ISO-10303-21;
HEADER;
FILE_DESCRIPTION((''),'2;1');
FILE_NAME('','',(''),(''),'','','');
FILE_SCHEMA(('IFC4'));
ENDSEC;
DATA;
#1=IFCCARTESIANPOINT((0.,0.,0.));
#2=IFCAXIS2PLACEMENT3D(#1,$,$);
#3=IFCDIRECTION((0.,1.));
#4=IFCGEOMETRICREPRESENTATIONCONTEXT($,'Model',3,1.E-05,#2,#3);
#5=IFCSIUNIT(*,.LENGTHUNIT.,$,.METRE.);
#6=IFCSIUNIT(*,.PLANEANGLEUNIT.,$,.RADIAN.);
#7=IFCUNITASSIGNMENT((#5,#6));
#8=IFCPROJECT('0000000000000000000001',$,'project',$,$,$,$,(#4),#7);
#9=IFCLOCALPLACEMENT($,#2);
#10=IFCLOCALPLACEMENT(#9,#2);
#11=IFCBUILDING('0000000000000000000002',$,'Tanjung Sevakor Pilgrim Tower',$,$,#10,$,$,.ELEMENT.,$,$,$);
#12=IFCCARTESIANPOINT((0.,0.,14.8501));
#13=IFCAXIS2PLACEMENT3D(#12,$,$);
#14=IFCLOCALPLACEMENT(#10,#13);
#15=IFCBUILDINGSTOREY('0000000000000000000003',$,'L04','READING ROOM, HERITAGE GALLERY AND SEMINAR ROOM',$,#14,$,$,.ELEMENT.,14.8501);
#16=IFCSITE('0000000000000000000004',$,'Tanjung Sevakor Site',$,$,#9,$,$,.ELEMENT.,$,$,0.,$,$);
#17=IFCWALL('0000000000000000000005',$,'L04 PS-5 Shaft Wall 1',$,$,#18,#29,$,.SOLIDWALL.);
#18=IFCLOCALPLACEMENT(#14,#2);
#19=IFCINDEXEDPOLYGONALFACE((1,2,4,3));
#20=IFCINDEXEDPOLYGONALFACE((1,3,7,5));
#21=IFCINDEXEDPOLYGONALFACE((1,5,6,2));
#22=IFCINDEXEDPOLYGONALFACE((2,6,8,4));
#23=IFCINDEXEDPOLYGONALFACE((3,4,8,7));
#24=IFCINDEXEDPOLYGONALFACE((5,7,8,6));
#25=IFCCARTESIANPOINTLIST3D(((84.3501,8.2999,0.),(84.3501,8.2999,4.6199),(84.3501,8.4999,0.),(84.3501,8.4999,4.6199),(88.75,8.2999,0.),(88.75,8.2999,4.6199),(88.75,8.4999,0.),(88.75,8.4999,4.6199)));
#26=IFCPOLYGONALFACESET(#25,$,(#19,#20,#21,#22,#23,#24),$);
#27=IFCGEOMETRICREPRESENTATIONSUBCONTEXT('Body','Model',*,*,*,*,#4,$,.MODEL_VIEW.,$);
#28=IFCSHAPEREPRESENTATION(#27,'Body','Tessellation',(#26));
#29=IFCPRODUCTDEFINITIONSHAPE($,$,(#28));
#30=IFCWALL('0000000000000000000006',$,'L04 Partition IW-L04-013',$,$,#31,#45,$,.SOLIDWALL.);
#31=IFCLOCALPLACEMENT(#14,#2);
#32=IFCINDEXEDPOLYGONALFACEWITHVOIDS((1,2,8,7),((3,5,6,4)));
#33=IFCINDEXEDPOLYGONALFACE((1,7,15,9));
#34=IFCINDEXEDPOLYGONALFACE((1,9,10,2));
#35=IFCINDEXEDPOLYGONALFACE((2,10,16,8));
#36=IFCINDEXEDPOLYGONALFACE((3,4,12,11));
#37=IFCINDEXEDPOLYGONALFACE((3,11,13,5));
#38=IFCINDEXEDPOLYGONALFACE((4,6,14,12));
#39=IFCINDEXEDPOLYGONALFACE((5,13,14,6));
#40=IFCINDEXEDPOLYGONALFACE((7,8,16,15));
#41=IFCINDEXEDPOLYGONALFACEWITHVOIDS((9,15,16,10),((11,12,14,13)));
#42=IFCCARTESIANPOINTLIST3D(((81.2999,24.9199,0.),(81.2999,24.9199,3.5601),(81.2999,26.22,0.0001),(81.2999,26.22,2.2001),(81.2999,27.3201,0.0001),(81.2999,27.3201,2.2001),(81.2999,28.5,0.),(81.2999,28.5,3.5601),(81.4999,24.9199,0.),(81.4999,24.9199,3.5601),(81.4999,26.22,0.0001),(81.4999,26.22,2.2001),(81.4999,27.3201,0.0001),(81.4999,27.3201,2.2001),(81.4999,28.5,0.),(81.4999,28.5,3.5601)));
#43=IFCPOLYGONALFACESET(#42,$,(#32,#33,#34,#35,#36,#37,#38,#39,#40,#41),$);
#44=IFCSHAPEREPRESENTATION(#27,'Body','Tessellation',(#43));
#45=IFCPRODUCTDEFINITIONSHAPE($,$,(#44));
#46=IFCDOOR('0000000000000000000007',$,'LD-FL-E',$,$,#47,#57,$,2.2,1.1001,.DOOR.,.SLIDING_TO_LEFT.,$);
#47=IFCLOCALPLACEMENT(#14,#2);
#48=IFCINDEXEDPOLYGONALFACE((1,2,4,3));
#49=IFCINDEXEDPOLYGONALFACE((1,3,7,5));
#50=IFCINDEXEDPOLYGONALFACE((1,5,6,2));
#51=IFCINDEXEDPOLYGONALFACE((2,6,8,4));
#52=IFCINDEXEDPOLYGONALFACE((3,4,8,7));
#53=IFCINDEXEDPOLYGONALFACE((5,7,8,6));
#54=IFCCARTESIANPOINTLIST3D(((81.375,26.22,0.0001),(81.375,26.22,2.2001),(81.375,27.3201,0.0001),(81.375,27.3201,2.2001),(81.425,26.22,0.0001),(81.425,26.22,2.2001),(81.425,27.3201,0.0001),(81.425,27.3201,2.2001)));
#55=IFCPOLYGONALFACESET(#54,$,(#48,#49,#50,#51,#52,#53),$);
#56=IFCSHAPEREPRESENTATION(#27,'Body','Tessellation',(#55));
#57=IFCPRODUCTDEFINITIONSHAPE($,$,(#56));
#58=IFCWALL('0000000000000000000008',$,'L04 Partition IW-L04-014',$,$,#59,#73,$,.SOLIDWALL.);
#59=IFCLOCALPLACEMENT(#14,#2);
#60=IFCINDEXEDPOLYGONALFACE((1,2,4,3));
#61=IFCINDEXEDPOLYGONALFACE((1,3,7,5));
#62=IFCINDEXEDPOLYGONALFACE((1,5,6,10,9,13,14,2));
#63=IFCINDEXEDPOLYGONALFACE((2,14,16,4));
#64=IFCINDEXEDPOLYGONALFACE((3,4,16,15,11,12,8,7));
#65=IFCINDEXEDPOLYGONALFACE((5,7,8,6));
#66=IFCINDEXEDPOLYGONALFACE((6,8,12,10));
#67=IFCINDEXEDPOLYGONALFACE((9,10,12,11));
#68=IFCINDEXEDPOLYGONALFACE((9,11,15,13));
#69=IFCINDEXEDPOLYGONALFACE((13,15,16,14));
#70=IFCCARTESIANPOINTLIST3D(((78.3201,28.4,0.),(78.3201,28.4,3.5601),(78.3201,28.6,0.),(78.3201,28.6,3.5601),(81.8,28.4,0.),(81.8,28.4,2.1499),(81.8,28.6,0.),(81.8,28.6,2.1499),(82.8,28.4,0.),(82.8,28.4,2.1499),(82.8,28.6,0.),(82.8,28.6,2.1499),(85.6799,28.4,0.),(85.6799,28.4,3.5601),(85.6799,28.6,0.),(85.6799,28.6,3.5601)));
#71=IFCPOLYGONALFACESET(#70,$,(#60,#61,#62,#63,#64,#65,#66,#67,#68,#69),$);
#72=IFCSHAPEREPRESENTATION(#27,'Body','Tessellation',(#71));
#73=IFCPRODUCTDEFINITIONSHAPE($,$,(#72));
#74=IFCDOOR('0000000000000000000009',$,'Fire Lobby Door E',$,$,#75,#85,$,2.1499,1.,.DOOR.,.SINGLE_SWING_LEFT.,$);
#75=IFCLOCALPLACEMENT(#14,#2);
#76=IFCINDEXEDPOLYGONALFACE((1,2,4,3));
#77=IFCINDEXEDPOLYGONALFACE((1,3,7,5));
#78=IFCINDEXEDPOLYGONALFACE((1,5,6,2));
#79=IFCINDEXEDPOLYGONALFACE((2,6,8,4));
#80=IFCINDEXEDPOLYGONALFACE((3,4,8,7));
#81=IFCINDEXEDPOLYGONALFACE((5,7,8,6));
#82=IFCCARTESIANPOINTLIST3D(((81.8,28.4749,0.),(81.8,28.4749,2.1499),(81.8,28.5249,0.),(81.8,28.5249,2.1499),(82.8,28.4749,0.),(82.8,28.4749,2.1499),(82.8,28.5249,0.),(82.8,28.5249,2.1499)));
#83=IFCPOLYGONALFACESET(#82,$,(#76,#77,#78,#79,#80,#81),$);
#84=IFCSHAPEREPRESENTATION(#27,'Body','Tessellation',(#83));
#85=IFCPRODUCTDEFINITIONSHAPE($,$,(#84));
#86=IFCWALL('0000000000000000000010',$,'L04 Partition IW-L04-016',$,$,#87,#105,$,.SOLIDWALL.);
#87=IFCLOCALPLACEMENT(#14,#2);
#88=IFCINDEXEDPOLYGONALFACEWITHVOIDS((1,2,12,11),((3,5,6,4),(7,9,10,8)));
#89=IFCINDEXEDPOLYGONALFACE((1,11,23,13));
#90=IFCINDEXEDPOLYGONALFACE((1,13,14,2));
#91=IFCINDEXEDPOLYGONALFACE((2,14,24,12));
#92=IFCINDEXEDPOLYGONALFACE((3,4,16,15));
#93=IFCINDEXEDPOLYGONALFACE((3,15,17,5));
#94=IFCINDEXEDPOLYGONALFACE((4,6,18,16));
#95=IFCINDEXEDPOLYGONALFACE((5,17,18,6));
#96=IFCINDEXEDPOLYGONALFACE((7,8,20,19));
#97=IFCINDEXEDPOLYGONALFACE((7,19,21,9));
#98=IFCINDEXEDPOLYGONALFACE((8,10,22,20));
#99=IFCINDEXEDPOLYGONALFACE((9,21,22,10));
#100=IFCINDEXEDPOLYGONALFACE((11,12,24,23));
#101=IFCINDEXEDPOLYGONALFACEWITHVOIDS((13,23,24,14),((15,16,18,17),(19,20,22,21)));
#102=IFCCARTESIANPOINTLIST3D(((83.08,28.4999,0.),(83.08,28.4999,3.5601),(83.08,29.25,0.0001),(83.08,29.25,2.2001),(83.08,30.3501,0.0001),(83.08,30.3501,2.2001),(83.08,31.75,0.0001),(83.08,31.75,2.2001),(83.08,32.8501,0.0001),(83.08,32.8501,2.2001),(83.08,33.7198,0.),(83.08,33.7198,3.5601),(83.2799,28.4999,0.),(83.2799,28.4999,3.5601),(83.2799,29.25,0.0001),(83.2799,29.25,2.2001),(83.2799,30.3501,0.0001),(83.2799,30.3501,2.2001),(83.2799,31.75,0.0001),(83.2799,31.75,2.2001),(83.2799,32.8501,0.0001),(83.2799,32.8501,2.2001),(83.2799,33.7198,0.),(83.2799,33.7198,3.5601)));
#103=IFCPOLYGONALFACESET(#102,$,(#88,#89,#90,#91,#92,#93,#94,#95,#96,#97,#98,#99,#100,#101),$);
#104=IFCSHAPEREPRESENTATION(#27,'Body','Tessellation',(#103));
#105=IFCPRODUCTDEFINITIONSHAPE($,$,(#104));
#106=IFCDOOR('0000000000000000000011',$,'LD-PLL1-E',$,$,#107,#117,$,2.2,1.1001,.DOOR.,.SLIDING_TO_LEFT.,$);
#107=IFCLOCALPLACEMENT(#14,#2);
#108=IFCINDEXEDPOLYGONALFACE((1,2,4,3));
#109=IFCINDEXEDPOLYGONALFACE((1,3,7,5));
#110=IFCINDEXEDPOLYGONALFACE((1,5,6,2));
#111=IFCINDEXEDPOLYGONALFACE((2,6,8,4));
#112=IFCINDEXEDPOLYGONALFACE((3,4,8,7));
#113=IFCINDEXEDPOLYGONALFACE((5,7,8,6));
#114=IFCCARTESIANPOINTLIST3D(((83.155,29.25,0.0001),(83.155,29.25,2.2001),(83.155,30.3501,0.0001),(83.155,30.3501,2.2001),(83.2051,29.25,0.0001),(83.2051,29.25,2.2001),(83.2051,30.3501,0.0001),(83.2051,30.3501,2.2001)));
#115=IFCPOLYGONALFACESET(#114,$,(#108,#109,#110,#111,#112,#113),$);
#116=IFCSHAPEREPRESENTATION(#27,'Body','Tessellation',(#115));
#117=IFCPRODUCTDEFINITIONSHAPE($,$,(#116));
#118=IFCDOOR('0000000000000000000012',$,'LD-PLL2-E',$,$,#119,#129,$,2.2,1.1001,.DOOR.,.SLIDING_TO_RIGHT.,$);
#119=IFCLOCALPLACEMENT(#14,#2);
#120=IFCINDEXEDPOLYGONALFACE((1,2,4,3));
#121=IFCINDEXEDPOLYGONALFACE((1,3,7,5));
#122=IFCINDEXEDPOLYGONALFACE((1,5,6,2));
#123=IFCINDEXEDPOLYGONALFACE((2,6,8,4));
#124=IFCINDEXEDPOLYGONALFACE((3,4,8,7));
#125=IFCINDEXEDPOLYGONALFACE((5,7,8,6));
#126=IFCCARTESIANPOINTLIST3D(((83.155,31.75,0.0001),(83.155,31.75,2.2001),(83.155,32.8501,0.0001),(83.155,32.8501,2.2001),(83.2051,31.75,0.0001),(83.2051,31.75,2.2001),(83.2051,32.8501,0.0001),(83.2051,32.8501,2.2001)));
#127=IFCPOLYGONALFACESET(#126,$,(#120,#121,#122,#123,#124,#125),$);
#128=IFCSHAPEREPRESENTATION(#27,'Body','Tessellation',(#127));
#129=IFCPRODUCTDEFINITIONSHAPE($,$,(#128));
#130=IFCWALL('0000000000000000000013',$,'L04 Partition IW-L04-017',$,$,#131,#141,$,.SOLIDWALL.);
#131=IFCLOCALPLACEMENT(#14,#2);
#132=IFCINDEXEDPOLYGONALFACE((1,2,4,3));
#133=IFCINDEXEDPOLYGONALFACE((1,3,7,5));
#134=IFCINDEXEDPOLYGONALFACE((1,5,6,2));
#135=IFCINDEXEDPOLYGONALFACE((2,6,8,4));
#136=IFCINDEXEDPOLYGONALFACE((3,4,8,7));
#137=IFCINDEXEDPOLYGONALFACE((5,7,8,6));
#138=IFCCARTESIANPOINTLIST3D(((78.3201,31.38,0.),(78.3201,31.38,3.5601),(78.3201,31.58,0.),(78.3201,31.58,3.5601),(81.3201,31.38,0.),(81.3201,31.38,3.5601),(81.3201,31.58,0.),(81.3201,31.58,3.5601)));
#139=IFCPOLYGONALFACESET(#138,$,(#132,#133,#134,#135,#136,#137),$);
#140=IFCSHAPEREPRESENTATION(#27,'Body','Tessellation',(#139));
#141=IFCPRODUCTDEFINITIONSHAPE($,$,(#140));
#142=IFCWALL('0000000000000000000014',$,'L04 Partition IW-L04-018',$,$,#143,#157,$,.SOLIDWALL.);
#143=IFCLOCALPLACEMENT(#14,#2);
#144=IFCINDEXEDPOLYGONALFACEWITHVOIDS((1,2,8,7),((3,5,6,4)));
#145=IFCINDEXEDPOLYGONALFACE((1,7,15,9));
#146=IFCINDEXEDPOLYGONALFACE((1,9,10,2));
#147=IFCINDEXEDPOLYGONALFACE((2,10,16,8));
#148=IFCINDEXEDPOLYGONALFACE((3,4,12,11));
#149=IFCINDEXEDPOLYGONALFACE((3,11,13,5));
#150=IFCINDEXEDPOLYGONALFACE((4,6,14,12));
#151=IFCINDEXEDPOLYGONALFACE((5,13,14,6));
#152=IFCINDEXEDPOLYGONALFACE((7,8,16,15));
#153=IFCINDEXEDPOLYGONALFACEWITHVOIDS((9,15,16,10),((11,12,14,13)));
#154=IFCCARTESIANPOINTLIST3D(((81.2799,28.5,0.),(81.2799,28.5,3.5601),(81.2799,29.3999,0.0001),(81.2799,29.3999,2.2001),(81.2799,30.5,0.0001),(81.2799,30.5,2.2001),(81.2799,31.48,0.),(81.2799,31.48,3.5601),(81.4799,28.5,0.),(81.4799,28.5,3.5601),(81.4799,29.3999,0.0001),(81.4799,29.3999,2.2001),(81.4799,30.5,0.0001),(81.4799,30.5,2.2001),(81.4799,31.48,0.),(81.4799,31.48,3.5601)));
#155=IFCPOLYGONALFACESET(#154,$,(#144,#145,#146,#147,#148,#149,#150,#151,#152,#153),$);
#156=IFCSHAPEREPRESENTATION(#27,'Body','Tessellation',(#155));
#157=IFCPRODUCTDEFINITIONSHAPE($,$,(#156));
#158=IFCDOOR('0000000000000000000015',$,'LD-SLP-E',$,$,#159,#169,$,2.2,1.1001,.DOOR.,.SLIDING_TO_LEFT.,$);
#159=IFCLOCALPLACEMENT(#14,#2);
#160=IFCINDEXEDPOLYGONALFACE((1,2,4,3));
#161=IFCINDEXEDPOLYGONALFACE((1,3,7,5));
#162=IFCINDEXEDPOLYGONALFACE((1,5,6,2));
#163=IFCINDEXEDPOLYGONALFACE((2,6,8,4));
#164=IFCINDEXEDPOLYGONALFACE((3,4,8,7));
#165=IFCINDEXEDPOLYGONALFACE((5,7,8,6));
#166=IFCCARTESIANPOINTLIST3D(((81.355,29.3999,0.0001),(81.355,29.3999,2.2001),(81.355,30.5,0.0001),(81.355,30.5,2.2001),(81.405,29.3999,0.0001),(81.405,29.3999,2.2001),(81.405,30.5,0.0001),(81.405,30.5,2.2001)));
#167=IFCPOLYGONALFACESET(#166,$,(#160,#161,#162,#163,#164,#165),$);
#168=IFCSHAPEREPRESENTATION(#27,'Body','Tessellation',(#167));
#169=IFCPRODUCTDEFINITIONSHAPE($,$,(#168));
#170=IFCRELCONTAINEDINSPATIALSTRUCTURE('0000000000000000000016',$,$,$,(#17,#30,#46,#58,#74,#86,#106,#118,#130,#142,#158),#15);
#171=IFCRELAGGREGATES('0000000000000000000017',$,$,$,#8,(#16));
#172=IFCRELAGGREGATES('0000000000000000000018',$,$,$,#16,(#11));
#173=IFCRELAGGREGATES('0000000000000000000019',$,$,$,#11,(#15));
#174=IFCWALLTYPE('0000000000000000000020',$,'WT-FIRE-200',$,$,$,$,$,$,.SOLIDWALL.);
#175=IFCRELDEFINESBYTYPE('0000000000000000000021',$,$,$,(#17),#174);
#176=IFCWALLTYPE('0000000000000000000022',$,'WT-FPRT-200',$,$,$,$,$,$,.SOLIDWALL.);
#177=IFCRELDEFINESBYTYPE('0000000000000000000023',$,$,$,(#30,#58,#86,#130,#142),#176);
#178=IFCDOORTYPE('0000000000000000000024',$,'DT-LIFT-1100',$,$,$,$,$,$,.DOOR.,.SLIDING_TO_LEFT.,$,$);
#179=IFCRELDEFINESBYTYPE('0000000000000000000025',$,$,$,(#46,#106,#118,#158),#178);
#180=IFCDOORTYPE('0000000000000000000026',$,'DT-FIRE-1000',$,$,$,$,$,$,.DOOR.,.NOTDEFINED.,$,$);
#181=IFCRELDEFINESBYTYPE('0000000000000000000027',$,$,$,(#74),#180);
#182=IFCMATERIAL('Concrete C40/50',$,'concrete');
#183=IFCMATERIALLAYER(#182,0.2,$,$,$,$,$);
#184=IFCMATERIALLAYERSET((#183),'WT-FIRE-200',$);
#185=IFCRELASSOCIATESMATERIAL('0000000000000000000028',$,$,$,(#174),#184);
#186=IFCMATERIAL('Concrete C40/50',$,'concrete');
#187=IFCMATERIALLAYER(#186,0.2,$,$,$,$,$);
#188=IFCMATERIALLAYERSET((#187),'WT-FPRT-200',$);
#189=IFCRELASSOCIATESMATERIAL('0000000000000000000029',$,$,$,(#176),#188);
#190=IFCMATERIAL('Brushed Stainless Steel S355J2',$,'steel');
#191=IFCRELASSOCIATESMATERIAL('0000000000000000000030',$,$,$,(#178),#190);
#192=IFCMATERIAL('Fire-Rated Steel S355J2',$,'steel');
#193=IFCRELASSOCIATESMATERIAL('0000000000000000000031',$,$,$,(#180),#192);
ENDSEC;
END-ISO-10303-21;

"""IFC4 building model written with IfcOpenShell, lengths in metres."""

from ifc_helpers import new_model, si_unit, direction, frame, frame_2d, origin, place, context, subcontext, project, spatial, rectangle, extrude, material, layer, layer_set, type_object, element, fill, save


model = new_model("IFC4")

# Units and contexts
model_context = context("Model", 3, precision=1e-05, world=origin(), true_north=direction((0.0, 1.0)))
body_context = subcontext(model_context, "Body", "Model", "MODEL_VIEW")
ifc_project = project(units=[si_unit("LENGTHUNIT", "METRE"), si_unit("PLANEANGLEUNIT", "RADIAN")], contexts=[model_context])

# Site, building, storey
site_placement = place(None, origin())
site = spatial("IfcSite", under=ifc_project, at=site_placement, Name="Tanjung Sevakor Site", CompositionType="ELEMENT", RefElevation=0.0)
building_placement = place(site_placement, origin())
building = spatial("IfcBuilding", under=site, at=building_placement, Name="Tanjung Sevakor Pilgrim Tower", CompositionType="ELEMENT")
storey_placement = place(building_placement, frame((0.0, 0.0, 14.8501)))
storey = spatial("IfcBuildingStorey", under=building, at=storey_placement, Name="L04", Description="READING ROOM, HERITAGE GALLERY AND SEMINAR ROOM", CompositionType="ELEMENT", Elevation=14.8501)

# Wall
ifc_material_1 = material(Name="Concrete C40/50", Category="concrete")
ifc_layer_1 = layer(ifc_material_1, 0.2)
ifc_layer_set_1 = layer_set([ifc_layer_1], Name="WT-FIRE-200")
wall_type_1 = type_object("IfcWallType", Name="WT-FIRE-200", PredefinedType="SOLIDWALL", material=ifc_layer_set_1)
wall_1_placement = place(storey_placement, frame((84.3501, 8.3999, 0.0), z_axis=(0.0, 0.0, 1.0), x_axis=(1.0, 0.0, 0.0)))
element("IfcWall", 1, at=wall_1_placement, inside=storey, type_object=wall_type_1, Name="L04 PS-5 Shaft Wall 1", PredefinedType="SOLIDWALL", context=body_context, shape_type="SweptSolid", body=[
    extrude(rectangle(XDim=4.3999, YDim=0.2, at=frame_2d((2.2, 0.0))), origin(), (0.0, 0.0, 1.0), 4.6199),
])

# Walls, openings, doors
ifc_material_2 = material(Name="Concrete C40/50", Category="concrete")
ifc_layer_2 = layer(ifc_material_2, 0.2)
ifc_layer_set_2 = layer_set([ifc_layer_2], Name="WT-FPRT-200")
wall_type_2 = type_object("IfcWallType", Name="WT-FPRT-200", PredefinedType="SOLIDWALL", material=ifc_layer_set_2)
wall_2_placement = place(storey_placement, frame((81.3999, 24.9199, 0.0), z_axis=(0.0, 0.0, 1.0), x_axis=(0.0, 1.0, 0.0)))
wall_2 = element("IfcWall", 2, at=wall_2_placement, inside=storey, type_object=wall_type_2, Name="L04 Partition IW-L04-013", PredefinedType="SOLIDWALL", context=body_context, shape_type="SweptSolid", body=[
    extrude(rectangle(XDim=3.5801, YDim=0.2, at=frame_2d((1.79, 0.0))), origin(), (0.0, 0.0, 1.0), 3.5601),
])
opening_1_placement = place(wall_2_placement, frame((1.3, 0.0, 0.0)))
opening_1 = element("IfcOpeningElement", 3, at=opening_1_placement, cuts=wall_2, PredefinedType="OPENING", context=body_context, shape_type="SweptSolid", body=[
    extrude(rectangle(XDim=1.1001, YDim=2.2, at=frame_2d((0.55, 1.1001))), frame((0.0, 0.1099, 0.0), z_axis=(0.0, -1.0, 0.0), x_axis=(1.0, 0.0, 0.0)), (0.0, 0.0, 1.0), 0.22),
])
ifc_material_3 = material(Name="Brushed Stainless Steel S355J2", Category="steel")
door_type_1 = type_object("IfcDoorType", Name="DT-LIFT-1100", OperationType="SLIDING_TO_LEFT", PredefinedType="DOOR", material=ifc_material_3)
door_1_placement = place(opening_1_placement, origin())
door_1 = element("IfcDoor", 4, at=door_1_placement, inside=storey, type_object=door_type_1, Name="LD-FL-E", OperationType="SLIDING_TO_LEFT", OverallHeight=2.2, OverallWidth=1.1001, PredefinedType="DOOR", context=body_context, shape_type="SweptSolid", body=[
    extrude(rectangle(XDim=1.1001, YDim=2.2, at=frame_2d((0.55, 1.1001))), frame((0.0, 0.0249, 0.0), z_axis=(0.0, -1.0, 0.0), x_axis=(1.0, 0.0, 0.0)), (0.0, 0.0, 1.0), 0.05),
])
fill(opening_1, door_1)
wall_3_placement = place(storey_placement, frame((78.3201, 28.5, 0.0), z_axis=(0.0, 0.0, 1.0), x_axis=(1.0, 0.0, 0.0)))
wall_3 = element("IfcWall", 5, at=wall_3_placement, inside=storey, type_object=wall_type_2, Name="L04 Partition IW-L04-014", PredefinedType="SOLIDWALL", context=body_context, shape_type="SweptSolid", body=[
    extrude(rectangle(XDim=7.3599, YDim=0.2, at=frame_2d((3.6799, 0.0))), origin(), (0.0, 0.0, 1.0), 3.5601),
])
opening_2_placement = place(wall_3_placement, frame((3.48, 0.0, 0.0)))
opening_2 = element("IfcOpeningElement", 6, at=opening_2_placement, cuts=wall_3, PredefinedType="OPENING", context=body_context, shape_type="SweptSolid", body=[
    extrude(rectangle(XDim=1.0, YDim=2.1499, at=frame_2d((0.5, 1.075))), frame((0.0, 0.1099, 0.0), z_axis=(0.0, -1.0, 0.0), x_axis=(1.0, 0.0, 0.0)), (0.0, 0.0, 1.0), 0.22),
])
ifc_material_4 = material(Name="Fire-Rated Steel S355J2", Category="steel")
door_type_2 = type_object("IfcDoorType", Name="DT-FIRE-1000", OperationType="NOTDEFINED", PredefinedType="DOOR", material=ifc_material_4)
door_2_placement = place(opening_2_placement, origin())
door_2 = element("IfcDoor", 7, at=door_2_placement, inside=storey, type_object=door_type_2, Name="Fire Lobby Door E", OperationType="SINGLE_SWING_LEFT", OverallHeight=2.1499, OverallWidth=1.0, PredefinedType="DOOR", context=body_context, shape_type="SweptSolid", body=[
    extrude(rectangle(XDim=1.0, YDim=2.1499, at=frame_2d((0.5, 1.075))), frame((0.0, 0.0249, 0.0), z_axis=(0.0, -1.0, 0.0), x_axis=(1.0, 0.0, 0.0)), (0.0, 0.0, 1.0), 0.05),
])
fill(opening_2, door_2)

# Wall, openings, doors
wall_4_placement = place(storey_placement, frame((83.1799, 28.5, 0.0), z_axis=(0.0, 0.0, 1.0), x_axis=(0.0, 1.0, 0.0)))
wall_4 = element("IfcWall", 8, at=wall_4_placement, inside=storey, type_object=wall_type_2, Name="L04 Partition IW-L04-016", PredefinedType="SOLIDWALL", context=body_context, shape_type="SweptSolid", body=[
    extrude(rectangle(XDim=5.22, YDim=0.2, at=frame_2d((2.6099, 0.0))), origin(), (0.0, 0.0, 1.0), 3.5601),
])
opening_3_placement = place(wall_4_placement, frame((0.75, 0.0, 0.0)))
opening_3 = element("IfcOpeningElement", 9, at=opening_3_placement, cuts=wall_4, PredefinedType="OPENING", context=body_context, shape_type="SweptSolid", body=[
    extrude(rectangle(XDim=1.1001, YDim=2.2, at=frame_2d((0.55, 1.1001))), frame((0.0, 0.1099, 0.0), z_axis=(0.0, -1.0, 0.0), x_axis=(1.0, 0.0, 0.0)), (0.0, 0.0, 1.0), 0.22),
])
opening_4_placement = place(wall_4_placement, frame((3.25, 0.0, 0.0)))
opening_4 = element("IfcOpeningElement", 10, at=opening_4_placement, cuts=wall_4, PredefinedType="OPENING", context=body_context, shape_type="SweptSolid", body=[
    extrude(rectangle(XDim=1.1001, YDim=2.2, at=frame_2d((0.55, 1.1001))), frame((0.0, 0.1099, 0.0), z_axis=(0.0, -1.0, 0.0), x_axis=(1.0, 0.0, 0.0)), (0.0, 0.0, 1.0), 0.22),
])
door_3_placement = place(opening_3_placement, origin())
door_3 = element("IfcDoor", 11, at=door_3_placement, inside=storey, type_object=door_type_1, Name="LD-PLL1-E", OperationType="SLIDING_TO_LEFT", OverallHeight=2.2, OverallWidth=1.1001, PredefinedType="DOOR", context=body_context, shape_type="SweptSolid", body=[
    extrude(rectangle(XDim=1.1001, YDim=2.2, at=frame_2d((0.55, 1.1001))), frame((0.0, 0.0249, 0.0), z_axis=(0.0, -1.0, 0.0), x_axis=(1.0, 0.0, 0.0)), (0.0, 0.0, 1.0), 0.05),
])
fill(opening_3, door_3)
door_4_placement = place(opening_4_placement, origin())
door_4 = element("IfcDoor", 12, at=door_4_placement, inside=storey, type_object=door_type_1, Name="LD-PLL2-E", OperationType="SLIDING_TO_RIGHT", OverallHeight=2.2, OverallWidth=1.1001, PredefinedType="DOOR", context=body_context, shape_type="SweptSolid", body=[
    extrude(rectangle(XDim=1.1001, YDim=2.2, at=frame_2d((0.55, 1.1001))), frame((0.0, 0.0249, 0.0), z_axis=(0.0, -1.0, 0.0), x_axis=(1.0, 0.0, 0.0)), (0.0, 0.0, 1.0), 0.05),
])
fill(opening_4, door_4)

# Wall
wall_5_placement = place(storey_placement, frame((78.3201, 31.48, 0.0), z_axis=(0.0, 0.0, 1.0), x_axis=(1.0, 0.0, 0.0)))
element("IfcWall", 13, at=wall_5_placement, inside=storey, type_object=wall_type_2, Name="L04 Partition IW-L04-017", PredefinedType="SOLIDWALL", context=body_context, shape_type="SweptSolid", body=[
    extrude(rectangle(XDim=3.0, YDim=0.2, at=frame_2d((1.5, 0.0))), origin(), (0.0, 0.0, 1.0), 3.5601),
])

# Wall, opening, door
wall_6_placement = place(storey_placement, frame((81.3799, 28.5, 0.0), z_axis=(0.0, 0.0, 1.0), x_axis=(0.0, 1.0, 0.0)))
wall_6 = element("IfcWall", 14, at=wall_6_placement, inside=storey, type_object=wall_type_2, Name="L04 Partition IW-L04-018", PredefinedType="SOLIDWALL", context=body_context, shape_type="SweptSolid", body=[
    extrude(rectangle(XDim=2.98, YDim=0.2, at=frame_2d((1.49, 0.0))), origin(), (0.0, 0.0, 1.0), 3.5601),
])
opening_5_placement = place(wall_6_placement, frame((0.8999, 0.0, 0.0)))
opening_5 = element("IfcOpeningElement", 15, at=opening_5_placement, cuts=wall_6, PredefinedType="OPENING", context=body_context, shape_type="SweptSolid", body=[
    extrude(rectangle(XDim=1.1001, YDim=2.2, at=frame_2d((0.55, 1.1001))), frame((0.0, 0.1099, 0.0), z_axis=(0.0, -1.0, 0.0), x_axis=(1.0, 0.0, 0.0)), (0.0, 0.0, 1.0), 0.22),
])
door_5_placement = place(opening_5_placement, origin())
door_5 = element("IfcDoor", 16, at=door_5_placement, inside=storey, type_object=door_type_1, Name="LD-SLP-E", OperationType="SLIDING_TO_LEFT", OverallHeight=2.2, OverallWidth=1.1001, PredefinedType="DOOR", context=body_context, shape_type="SweptSolid", body=[
    extrude(rectangle(XDim=1.1001, YDim=2.2, at=frame_2d((0.55, 1.1001))), frame((0.0, 0.0249, 0.0), z_axis=(0.0, -1.0, 0.0), x_axis=(1.0, 0.0, 0.0)), (0.0, 0.0, 1.0), 0.05),
])
fill(opening_5, door_5)

save(model, "model.ifc")
